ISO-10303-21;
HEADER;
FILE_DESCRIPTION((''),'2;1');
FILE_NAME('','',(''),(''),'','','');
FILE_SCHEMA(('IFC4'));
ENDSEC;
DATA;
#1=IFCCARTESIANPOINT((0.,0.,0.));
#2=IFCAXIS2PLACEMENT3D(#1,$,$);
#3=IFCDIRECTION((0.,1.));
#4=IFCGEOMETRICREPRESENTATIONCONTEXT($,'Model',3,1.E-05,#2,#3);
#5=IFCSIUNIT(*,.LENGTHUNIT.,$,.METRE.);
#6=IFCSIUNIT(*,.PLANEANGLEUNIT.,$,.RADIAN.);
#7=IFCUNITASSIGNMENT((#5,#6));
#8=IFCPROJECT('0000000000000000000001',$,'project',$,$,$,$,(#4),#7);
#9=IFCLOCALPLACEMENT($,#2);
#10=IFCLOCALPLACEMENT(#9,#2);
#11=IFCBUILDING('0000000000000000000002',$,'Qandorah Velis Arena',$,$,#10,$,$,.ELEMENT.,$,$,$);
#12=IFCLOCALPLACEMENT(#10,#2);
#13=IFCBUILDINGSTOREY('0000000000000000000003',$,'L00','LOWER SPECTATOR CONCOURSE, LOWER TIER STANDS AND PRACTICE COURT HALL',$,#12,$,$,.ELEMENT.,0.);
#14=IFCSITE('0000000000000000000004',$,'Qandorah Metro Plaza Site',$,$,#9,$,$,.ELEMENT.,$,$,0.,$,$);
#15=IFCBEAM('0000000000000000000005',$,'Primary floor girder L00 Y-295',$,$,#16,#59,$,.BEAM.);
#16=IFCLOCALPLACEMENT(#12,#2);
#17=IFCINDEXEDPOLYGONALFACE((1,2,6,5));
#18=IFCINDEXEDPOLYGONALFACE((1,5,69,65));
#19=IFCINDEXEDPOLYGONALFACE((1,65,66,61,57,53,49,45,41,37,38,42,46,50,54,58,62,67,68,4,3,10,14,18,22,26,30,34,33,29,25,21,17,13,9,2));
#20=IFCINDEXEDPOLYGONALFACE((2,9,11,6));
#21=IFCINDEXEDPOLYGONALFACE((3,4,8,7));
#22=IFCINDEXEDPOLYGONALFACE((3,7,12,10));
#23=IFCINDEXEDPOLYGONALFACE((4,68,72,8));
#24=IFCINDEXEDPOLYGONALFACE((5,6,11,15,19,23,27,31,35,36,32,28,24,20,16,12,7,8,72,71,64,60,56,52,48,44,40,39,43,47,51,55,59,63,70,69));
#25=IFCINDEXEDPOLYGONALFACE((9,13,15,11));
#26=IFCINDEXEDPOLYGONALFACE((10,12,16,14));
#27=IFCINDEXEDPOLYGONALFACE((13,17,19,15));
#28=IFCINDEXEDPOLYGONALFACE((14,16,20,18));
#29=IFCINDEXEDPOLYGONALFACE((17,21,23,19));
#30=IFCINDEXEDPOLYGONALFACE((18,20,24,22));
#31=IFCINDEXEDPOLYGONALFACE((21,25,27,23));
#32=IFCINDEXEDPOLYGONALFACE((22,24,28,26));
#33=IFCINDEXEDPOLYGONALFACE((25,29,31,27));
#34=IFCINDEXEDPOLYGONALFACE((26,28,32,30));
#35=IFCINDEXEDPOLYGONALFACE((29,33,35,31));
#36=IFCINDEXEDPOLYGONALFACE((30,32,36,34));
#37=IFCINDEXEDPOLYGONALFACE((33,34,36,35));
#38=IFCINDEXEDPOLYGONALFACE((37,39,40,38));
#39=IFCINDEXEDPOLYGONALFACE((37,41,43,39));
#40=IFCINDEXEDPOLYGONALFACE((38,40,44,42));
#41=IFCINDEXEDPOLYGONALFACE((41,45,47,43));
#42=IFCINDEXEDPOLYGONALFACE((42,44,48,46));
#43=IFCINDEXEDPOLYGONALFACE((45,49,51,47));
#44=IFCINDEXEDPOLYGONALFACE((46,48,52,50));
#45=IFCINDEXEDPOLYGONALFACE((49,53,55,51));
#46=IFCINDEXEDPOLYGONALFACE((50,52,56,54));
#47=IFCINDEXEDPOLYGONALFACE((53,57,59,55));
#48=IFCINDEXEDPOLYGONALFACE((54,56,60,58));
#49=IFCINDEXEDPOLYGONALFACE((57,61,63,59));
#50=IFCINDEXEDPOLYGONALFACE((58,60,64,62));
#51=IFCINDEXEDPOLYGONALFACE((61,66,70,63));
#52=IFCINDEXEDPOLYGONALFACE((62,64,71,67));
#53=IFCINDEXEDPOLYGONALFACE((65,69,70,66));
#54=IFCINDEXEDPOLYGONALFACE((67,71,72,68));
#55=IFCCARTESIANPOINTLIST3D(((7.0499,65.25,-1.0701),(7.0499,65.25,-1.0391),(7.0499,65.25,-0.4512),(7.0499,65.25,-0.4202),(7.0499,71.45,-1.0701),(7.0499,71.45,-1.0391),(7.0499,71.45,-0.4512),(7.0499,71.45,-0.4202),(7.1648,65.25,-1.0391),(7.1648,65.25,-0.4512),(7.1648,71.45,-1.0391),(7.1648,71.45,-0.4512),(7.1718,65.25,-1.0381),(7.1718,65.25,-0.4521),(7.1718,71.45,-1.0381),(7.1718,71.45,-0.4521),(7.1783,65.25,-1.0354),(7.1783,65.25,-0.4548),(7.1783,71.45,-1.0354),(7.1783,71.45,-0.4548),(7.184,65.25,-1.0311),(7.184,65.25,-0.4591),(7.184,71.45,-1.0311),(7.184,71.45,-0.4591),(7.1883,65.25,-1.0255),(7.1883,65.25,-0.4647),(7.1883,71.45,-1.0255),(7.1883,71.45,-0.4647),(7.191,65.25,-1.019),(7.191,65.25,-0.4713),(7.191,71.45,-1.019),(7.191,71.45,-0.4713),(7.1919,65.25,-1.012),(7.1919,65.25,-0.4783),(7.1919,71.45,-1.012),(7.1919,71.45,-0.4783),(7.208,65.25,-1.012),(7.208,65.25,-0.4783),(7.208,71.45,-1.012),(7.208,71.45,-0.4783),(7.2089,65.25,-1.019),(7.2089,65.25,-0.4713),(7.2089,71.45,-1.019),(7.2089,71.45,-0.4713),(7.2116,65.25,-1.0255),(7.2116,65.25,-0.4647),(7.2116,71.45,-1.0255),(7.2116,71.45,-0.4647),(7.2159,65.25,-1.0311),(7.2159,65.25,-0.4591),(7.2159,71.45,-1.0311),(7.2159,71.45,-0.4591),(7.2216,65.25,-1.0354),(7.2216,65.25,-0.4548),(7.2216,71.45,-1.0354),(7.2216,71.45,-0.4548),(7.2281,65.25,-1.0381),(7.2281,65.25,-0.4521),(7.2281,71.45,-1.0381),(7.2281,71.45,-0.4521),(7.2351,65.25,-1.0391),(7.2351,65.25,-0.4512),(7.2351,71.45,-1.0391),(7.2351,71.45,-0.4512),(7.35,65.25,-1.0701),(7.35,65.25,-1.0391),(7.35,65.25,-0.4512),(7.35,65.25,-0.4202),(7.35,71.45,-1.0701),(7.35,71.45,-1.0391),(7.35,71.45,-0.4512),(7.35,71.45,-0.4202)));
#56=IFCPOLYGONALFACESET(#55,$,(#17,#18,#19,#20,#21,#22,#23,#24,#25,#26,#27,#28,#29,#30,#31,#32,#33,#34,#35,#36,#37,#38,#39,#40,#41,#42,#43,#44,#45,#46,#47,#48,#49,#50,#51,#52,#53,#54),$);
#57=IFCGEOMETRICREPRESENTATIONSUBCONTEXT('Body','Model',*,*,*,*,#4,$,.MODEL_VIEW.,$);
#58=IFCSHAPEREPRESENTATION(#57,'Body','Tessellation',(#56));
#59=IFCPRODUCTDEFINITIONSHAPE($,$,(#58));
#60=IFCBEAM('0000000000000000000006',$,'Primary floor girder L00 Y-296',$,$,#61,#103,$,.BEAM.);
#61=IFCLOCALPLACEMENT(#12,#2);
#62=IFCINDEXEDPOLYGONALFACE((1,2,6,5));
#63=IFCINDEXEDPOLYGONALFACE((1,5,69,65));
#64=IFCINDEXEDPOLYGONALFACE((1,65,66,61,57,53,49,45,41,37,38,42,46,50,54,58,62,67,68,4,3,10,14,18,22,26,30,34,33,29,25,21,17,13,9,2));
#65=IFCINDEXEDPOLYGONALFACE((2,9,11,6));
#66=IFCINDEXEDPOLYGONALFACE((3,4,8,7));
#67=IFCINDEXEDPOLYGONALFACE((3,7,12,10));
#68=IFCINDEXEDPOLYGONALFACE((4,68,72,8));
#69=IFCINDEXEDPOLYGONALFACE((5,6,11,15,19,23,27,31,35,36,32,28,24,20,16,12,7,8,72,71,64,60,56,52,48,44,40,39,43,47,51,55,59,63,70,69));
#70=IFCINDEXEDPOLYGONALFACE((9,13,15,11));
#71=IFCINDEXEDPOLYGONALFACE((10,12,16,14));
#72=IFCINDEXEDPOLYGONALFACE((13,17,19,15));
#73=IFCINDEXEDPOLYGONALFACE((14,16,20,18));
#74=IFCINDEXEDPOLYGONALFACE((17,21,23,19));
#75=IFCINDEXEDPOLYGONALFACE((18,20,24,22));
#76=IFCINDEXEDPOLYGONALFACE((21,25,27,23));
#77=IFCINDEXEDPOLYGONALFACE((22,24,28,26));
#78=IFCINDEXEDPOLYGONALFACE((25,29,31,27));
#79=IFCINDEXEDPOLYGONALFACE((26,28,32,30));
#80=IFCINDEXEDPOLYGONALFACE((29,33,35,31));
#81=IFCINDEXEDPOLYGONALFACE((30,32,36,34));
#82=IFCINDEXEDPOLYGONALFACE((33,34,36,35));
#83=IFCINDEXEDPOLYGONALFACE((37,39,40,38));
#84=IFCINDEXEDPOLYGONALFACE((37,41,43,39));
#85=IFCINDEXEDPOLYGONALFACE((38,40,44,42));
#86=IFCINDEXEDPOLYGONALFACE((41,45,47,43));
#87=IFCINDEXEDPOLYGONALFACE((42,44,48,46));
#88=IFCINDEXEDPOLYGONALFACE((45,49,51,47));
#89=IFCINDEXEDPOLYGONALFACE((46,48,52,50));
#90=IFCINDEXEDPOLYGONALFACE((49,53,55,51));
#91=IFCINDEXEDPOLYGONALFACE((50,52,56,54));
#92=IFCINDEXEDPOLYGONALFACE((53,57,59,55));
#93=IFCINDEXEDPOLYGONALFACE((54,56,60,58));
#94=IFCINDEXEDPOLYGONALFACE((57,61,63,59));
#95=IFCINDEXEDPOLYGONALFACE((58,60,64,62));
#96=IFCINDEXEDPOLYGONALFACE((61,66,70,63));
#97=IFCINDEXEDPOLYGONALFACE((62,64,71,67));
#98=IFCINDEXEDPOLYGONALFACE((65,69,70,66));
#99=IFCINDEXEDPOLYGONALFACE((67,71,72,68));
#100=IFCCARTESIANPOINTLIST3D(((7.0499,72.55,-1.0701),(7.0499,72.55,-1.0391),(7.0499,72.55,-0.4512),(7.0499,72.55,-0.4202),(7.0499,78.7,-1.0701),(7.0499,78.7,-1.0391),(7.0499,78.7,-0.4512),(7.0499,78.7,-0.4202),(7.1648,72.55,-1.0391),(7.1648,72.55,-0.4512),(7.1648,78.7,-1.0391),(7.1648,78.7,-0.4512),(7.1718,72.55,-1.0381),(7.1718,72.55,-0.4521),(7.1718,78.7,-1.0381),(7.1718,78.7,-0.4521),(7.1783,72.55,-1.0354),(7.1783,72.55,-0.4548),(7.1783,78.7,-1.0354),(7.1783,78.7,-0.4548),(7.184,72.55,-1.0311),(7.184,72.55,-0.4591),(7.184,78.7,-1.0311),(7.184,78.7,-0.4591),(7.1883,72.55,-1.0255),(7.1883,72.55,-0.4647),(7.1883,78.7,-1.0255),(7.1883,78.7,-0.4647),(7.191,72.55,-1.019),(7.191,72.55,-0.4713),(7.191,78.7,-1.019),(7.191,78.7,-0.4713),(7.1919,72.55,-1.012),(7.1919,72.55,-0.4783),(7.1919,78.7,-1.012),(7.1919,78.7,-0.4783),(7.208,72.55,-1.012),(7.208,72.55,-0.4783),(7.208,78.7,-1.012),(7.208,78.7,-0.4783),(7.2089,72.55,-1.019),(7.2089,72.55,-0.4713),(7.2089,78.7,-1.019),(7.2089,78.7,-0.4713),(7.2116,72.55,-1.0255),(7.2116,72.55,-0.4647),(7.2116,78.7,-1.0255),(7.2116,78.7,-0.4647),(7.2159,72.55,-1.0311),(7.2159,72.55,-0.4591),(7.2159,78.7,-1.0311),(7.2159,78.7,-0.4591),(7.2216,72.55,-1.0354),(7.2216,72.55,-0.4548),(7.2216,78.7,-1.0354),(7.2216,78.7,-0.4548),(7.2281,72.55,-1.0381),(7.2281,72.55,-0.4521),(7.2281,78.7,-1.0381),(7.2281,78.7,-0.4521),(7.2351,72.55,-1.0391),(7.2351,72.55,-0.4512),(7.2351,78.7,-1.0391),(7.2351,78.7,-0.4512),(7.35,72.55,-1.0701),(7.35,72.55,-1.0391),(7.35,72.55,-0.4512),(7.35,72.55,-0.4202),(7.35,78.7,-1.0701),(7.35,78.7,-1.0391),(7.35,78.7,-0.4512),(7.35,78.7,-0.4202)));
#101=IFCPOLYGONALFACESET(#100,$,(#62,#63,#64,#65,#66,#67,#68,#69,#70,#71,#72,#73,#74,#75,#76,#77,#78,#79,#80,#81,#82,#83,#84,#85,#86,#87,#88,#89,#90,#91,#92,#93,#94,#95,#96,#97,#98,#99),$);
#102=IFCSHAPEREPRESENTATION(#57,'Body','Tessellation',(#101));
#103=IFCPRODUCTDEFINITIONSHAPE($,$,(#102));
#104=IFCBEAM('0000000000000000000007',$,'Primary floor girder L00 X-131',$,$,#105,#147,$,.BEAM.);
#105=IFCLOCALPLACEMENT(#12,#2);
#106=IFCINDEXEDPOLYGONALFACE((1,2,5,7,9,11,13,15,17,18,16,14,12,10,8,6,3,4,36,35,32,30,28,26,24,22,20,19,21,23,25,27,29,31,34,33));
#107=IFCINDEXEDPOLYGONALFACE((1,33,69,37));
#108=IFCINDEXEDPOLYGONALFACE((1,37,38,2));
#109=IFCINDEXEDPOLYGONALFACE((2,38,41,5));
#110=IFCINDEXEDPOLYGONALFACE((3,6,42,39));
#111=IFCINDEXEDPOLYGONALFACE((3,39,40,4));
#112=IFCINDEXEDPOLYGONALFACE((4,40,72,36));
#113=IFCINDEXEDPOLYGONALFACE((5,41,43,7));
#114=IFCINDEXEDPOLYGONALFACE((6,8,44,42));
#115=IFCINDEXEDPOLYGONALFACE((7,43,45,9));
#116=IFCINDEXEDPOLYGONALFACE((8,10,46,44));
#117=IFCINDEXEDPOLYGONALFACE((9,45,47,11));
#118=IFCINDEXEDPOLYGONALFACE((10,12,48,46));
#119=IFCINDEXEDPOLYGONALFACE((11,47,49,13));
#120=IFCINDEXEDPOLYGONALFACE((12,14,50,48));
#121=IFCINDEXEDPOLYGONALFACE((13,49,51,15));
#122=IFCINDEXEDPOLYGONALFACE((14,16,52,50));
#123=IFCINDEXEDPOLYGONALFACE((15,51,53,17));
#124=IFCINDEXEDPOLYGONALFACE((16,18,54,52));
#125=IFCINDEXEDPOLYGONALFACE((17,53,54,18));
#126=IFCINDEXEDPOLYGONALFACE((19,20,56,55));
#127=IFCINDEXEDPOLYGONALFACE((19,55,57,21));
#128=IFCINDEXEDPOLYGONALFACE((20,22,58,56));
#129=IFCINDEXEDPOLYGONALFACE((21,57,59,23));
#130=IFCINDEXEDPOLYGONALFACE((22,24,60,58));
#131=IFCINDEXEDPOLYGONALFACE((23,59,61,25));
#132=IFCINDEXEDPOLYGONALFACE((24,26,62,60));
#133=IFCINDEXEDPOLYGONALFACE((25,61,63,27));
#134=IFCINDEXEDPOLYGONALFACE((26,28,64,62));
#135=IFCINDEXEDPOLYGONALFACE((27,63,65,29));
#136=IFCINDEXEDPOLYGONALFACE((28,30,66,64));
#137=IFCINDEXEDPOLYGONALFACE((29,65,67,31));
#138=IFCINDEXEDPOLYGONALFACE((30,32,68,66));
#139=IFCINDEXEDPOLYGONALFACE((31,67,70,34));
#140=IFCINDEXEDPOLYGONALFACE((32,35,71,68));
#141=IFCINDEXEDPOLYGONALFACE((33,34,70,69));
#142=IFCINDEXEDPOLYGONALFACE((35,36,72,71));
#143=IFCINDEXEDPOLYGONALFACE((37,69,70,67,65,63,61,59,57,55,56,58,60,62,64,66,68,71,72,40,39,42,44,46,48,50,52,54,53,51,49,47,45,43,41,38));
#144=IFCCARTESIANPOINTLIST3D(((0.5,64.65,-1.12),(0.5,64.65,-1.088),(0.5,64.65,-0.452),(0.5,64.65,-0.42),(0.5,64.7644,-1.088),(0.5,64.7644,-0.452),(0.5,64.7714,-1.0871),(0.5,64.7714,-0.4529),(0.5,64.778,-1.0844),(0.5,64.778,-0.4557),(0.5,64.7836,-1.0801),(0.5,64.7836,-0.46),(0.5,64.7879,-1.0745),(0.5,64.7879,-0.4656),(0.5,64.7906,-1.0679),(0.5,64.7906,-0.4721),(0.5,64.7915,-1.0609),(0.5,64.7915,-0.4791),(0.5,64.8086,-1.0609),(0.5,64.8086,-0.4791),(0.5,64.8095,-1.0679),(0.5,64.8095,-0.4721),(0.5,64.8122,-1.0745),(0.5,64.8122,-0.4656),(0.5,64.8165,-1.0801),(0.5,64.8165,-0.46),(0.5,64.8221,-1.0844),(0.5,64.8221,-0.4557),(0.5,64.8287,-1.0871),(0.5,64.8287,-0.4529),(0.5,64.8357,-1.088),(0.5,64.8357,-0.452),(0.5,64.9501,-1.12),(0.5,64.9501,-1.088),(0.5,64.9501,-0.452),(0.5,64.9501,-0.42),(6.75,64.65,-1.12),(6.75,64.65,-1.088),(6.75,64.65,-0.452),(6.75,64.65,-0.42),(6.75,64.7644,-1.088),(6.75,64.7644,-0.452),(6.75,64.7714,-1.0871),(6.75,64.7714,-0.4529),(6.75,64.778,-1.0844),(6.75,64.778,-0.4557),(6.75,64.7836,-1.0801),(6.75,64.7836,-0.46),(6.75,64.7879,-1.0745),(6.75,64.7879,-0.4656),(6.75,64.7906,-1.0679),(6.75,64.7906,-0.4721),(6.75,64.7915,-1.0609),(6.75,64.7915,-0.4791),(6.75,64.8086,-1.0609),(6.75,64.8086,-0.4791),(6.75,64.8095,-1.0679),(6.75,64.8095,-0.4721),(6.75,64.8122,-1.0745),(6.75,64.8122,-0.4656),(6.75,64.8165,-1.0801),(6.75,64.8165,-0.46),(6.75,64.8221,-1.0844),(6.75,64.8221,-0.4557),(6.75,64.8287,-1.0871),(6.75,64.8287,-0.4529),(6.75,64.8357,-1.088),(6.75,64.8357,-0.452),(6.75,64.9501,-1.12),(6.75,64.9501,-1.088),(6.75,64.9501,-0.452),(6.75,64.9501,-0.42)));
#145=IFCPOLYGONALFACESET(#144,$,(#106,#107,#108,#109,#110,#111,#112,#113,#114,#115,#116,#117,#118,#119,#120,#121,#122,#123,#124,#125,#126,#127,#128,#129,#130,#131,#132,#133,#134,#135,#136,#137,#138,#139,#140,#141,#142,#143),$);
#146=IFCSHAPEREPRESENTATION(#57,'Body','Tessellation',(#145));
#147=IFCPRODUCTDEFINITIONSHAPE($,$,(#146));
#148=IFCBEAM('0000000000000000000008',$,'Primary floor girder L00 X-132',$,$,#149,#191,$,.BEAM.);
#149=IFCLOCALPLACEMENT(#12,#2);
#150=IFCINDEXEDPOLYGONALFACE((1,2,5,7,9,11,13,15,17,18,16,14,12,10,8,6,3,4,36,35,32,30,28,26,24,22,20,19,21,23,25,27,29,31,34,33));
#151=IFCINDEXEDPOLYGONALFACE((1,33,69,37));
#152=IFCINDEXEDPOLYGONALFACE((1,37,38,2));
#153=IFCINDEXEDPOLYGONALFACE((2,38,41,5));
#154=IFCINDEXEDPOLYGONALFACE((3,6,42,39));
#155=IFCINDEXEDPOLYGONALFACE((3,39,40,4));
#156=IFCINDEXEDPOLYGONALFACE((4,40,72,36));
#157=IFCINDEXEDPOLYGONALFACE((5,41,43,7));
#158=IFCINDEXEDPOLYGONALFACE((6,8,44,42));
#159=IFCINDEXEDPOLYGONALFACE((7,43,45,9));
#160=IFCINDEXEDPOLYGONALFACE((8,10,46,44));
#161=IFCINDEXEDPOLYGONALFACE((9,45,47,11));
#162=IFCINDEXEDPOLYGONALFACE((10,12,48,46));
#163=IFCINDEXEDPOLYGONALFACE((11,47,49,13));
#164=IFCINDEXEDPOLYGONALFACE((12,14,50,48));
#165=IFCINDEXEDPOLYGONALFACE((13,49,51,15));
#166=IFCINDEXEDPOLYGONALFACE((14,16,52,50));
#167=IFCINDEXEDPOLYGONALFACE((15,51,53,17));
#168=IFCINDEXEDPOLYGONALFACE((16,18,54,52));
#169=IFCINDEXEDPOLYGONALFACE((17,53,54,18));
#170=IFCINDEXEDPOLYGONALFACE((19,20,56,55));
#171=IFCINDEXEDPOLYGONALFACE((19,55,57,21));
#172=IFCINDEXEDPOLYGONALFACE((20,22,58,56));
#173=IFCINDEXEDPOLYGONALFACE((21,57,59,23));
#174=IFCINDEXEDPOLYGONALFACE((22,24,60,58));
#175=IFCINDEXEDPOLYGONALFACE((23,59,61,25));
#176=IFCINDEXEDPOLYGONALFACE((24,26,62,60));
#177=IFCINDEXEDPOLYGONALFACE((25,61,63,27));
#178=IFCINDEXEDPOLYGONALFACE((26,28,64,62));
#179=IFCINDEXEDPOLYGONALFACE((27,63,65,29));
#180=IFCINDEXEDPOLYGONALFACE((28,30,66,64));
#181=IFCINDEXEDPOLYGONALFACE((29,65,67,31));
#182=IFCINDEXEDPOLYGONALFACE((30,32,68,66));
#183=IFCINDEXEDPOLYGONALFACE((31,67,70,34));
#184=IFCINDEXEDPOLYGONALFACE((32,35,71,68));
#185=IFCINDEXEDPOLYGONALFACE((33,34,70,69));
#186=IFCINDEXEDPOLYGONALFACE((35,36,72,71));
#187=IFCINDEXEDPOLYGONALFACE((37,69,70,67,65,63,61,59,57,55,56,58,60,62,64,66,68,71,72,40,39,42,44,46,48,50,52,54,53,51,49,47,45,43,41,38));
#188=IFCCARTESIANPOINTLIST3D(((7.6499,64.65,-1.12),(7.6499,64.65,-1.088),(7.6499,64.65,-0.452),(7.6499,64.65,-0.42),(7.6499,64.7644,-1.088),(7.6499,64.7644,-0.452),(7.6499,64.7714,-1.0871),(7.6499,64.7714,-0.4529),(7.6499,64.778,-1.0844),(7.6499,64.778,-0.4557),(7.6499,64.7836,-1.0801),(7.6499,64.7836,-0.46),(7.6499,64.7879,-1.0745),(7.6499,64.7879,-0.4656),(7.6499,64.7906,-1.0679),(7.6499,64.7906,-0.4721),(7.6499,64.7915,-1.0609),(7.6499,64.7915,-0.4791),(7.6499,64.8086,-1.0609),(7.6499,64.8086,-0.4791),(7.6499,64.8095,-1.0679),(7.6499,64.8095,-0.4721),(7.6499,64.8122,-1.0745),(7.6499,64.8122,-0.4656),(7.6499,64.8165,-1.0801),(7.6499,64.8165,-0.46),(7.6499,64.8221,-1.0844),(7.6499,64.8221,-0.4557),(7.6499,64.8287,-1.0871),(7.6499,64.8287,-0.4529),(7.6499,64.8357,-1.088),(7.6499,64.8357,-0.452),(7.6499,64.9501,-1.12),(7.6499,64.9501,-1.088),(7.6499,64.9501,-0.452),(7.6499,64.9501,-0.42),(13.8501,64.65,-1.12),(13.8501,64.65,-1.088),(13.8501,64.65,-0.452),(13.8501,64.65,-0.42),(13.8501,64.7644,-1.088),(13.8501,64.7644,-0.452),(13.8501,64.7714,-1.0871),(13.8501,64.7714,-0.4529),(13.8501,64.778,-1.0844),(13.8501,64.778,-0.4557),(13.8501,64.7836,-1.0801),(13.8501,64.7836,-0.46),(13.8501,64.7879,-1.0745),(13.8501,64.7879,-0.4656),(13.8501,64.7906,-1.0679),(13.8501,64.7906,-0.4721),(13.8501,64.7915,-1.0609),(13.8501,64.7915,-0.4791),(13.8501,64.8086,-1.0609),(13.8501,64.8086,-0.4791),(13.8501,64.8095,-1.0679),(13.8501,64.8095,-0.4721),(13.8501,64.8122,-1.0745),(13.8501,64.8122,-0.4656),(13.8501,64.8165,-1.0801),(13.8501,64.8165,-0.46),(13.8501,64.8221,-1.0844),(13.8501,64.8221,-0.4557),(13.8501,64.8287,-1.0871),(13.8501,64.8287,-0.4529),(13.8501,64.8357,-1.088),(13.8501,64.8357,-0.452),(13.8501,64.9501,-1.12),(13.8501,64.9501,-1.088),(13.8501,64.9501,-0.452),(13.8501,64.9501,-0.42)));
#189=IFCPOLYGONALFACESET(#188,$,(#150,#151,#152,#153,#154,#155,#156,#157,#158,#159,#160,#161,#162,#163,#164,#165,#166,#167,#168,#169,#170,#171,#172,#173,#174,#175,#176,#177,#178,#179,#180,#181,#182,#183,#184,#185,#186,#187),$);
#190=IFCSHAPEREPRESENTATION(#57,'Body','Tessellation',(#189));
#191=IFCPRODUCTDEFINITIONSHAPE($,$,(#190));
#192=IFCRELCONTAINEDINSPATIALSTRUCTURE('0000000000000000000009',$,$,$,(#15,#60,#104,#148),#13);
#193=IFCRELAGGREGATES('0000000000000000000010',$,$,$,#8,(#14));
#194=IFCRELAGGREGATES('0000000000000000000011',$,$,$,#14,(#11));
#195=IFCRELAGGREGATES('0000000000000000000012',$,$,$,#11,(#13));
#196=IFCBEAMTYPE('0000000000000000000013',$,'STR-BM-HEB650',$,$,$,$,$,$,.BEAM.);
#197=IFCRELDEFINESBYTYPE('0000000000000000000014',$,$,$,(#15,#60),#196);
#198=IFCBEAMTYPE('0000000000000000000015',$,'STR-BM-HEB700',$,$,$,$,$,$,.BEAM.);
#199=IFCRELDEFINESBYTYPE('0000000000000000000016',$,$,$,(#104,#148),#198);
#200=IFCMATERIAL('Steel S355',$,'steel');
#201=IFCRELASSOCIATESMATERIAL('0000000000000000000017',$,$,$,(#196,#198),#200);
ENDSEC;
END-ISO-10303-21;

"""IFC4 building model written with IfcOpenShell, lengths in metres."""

from ifc_helpers import new_model, si_unit, direction, frame, origin, origin_2d, place, context, subcontext, project, spatial, i_section, extrude, material, material_profile, profile_set, type_object, element, save


model = new_model("IFC4")

# Units and contexts
model_context = context("Model", 3, precision=1e-05, world=origin(), true_north=direction((0.0, 1.0)))
body_context = subcontext(model_context, "Body", "Model", "MODEL_VIEW")
ifc_project = project(units=[si_unit("LENGTHUNIT", "METRE"), si_unit("PLANEANGLEUNIT", "RADIAN")], contexts=[model_context])

# Site, building, storey
site_placement = place(None, origin())
site = spatial("IfcSite", under=ifc_project, at=site_placement, Name="Qandorah Metro Plaza Site", CompositionType="ELEMENT", RefElevation=0.0)
building_placement = place(site_placement, origin())
building = spatial("IfcBuilding", under=site, at=building_placement, Name="Qandorah Velis Arena", CompositionType="ELEMENT")
storey_placement = place(building_placement, origin())
storey = spatial("IfcBuildingStorey", under=building, at=storey_placement, Name="L00", Description="LOWER SPECTATOR CONCOURSE, LOWER TIER STANDS AND PRACTICE COURT HALL", CompositionType="ELEMENT", Elevation=0.0)

# Beams
ifc_material_1 = material(Name="Steel S355", Category="steel")
ifc_material_profile_1 = material_profile(ifc_material_1, i_section(OverallWidth=0.3, OverallDepth=0.6499, WebThickness=0.0161, FlangeThickness=0.031, FilletRadius=0.0271, at=origin_2d()), Name="HEB 650")
ifc_profile_set_1 = profile_set([ifc_material_profile_1], Name="Steel S355")
beam_type_1 = type_object("IfcBeamType", Name="STR-BM-HEB650", PredefinedType="BEAM", material=ifc_profile_set_1)
beam_1_placement = place(storey_placement, frame((7.2, 65.25, -0.7451), z_axis=(0.0, 1.0, 0.0), x_axis=(-1.0, 0.0, 0.0)))
element("IfcBeam", 1, at=beam_1_placement, inside=storey, type_object=beam_type_1, Name="Primary floor girder L00 Y-295", PredefinedType="BEAM", context=body_context, shape_type="SweptSolid", body=[
    extrude(i_section(OverallWidth=0.3, OverallDepth=0.6499, WebThickness=0.0161, FlangeThickness=0.031, FilletRadius=0.0271, at=origin_2d()), origin(), (0.0, 0.0, 1.0), 6.2),
])
beam_2_placement = place(storey_placement, frame((7.2, 72.55, -0.7451), z_axis=(0.0, 1.0, 0.0), x_axis=(-1.0, 0.0, 0.0)))
element("IfcBeam", 2, at=beam_2_placement, inside=storey, type_object=beam_type_1, Name="Primary floor girder L00 Y-296", PredefinedType="BEAM", context=body_context, shape_type="SweptSolid", body=[
    extrude(i_section(OverallWidth=0.3, OverallDepth=0.6499, WebThickness=0.0161, FlangeThickness=0.031, FilletRadius=0.0271, at=origin_2d()), origin(), (0.0, 0.0, 1.0), 6.1499),
])
ifc_material_profile_2 = material_profile(ifc_material_1, i_section(OverallWidth=0.3, OverallDepth=0.7, WebThickness=0.0171, FlangeThickness=0.032, FilletRadius=0.0271, at=origin_2d()), Name="HEB 700")
ifc_profile_set_2 = profile_set([ifc_material_profile_2], Name="Steel S355")
beam_type_2 = type_object("IfcBeamType", Name="STR-BM-HEB700", PredefinedType="BEAM", material=ifc_profile_set_2)
beam_3_placement = place(storey_placement, frame((0.5, 64.8, -0.77), z_axis=(1.0, 0.0, 0.0), x_axis=(0.0, 1.0, 0.0)))
element("IfcBeam", 3, at=beam_3_placement, inside=storey, type_object=beam_type_2, Name="Primary floor girder L00 X-131", PredefinedType="BEAM", context=body_context, shape_type="SweptSolid", body=[
    extrude(i_section(OverallWidth=0.3, OverallDepth=0.7, WebThickness=0.0171, FlangeThickness=0.032, FilletRadius=0.0271, at=origin_2d()), origin(), (0.0, 0.0, 1.0), 6.25),
])
beam_4_placement = place(storey_placement, frame((7.6499, 64.8, -0.77), z_axis=(1.0, 0.0, 0.0), x_axis=(0.0, 1.0, 0.0)))
element("IfcBeam", 4, at=beam_4_placement, inside=storey, type_object=beam_type_2, Name="Primary floor girder L00 X-132", PredefinedType="BEAM", context=body_context, shape_type="SweptSolid", body=[
    extrude(i_section(OverallWidth=0.3, OverallDepth=0.7, WebThickness=0.0171, FlangeThickness=0.032, FilletRadius=0.0271, at=origin_2d()), origin(), (0.0, 0.0, 1.0), 6.2002),
])

save(model, "model.ifc")
